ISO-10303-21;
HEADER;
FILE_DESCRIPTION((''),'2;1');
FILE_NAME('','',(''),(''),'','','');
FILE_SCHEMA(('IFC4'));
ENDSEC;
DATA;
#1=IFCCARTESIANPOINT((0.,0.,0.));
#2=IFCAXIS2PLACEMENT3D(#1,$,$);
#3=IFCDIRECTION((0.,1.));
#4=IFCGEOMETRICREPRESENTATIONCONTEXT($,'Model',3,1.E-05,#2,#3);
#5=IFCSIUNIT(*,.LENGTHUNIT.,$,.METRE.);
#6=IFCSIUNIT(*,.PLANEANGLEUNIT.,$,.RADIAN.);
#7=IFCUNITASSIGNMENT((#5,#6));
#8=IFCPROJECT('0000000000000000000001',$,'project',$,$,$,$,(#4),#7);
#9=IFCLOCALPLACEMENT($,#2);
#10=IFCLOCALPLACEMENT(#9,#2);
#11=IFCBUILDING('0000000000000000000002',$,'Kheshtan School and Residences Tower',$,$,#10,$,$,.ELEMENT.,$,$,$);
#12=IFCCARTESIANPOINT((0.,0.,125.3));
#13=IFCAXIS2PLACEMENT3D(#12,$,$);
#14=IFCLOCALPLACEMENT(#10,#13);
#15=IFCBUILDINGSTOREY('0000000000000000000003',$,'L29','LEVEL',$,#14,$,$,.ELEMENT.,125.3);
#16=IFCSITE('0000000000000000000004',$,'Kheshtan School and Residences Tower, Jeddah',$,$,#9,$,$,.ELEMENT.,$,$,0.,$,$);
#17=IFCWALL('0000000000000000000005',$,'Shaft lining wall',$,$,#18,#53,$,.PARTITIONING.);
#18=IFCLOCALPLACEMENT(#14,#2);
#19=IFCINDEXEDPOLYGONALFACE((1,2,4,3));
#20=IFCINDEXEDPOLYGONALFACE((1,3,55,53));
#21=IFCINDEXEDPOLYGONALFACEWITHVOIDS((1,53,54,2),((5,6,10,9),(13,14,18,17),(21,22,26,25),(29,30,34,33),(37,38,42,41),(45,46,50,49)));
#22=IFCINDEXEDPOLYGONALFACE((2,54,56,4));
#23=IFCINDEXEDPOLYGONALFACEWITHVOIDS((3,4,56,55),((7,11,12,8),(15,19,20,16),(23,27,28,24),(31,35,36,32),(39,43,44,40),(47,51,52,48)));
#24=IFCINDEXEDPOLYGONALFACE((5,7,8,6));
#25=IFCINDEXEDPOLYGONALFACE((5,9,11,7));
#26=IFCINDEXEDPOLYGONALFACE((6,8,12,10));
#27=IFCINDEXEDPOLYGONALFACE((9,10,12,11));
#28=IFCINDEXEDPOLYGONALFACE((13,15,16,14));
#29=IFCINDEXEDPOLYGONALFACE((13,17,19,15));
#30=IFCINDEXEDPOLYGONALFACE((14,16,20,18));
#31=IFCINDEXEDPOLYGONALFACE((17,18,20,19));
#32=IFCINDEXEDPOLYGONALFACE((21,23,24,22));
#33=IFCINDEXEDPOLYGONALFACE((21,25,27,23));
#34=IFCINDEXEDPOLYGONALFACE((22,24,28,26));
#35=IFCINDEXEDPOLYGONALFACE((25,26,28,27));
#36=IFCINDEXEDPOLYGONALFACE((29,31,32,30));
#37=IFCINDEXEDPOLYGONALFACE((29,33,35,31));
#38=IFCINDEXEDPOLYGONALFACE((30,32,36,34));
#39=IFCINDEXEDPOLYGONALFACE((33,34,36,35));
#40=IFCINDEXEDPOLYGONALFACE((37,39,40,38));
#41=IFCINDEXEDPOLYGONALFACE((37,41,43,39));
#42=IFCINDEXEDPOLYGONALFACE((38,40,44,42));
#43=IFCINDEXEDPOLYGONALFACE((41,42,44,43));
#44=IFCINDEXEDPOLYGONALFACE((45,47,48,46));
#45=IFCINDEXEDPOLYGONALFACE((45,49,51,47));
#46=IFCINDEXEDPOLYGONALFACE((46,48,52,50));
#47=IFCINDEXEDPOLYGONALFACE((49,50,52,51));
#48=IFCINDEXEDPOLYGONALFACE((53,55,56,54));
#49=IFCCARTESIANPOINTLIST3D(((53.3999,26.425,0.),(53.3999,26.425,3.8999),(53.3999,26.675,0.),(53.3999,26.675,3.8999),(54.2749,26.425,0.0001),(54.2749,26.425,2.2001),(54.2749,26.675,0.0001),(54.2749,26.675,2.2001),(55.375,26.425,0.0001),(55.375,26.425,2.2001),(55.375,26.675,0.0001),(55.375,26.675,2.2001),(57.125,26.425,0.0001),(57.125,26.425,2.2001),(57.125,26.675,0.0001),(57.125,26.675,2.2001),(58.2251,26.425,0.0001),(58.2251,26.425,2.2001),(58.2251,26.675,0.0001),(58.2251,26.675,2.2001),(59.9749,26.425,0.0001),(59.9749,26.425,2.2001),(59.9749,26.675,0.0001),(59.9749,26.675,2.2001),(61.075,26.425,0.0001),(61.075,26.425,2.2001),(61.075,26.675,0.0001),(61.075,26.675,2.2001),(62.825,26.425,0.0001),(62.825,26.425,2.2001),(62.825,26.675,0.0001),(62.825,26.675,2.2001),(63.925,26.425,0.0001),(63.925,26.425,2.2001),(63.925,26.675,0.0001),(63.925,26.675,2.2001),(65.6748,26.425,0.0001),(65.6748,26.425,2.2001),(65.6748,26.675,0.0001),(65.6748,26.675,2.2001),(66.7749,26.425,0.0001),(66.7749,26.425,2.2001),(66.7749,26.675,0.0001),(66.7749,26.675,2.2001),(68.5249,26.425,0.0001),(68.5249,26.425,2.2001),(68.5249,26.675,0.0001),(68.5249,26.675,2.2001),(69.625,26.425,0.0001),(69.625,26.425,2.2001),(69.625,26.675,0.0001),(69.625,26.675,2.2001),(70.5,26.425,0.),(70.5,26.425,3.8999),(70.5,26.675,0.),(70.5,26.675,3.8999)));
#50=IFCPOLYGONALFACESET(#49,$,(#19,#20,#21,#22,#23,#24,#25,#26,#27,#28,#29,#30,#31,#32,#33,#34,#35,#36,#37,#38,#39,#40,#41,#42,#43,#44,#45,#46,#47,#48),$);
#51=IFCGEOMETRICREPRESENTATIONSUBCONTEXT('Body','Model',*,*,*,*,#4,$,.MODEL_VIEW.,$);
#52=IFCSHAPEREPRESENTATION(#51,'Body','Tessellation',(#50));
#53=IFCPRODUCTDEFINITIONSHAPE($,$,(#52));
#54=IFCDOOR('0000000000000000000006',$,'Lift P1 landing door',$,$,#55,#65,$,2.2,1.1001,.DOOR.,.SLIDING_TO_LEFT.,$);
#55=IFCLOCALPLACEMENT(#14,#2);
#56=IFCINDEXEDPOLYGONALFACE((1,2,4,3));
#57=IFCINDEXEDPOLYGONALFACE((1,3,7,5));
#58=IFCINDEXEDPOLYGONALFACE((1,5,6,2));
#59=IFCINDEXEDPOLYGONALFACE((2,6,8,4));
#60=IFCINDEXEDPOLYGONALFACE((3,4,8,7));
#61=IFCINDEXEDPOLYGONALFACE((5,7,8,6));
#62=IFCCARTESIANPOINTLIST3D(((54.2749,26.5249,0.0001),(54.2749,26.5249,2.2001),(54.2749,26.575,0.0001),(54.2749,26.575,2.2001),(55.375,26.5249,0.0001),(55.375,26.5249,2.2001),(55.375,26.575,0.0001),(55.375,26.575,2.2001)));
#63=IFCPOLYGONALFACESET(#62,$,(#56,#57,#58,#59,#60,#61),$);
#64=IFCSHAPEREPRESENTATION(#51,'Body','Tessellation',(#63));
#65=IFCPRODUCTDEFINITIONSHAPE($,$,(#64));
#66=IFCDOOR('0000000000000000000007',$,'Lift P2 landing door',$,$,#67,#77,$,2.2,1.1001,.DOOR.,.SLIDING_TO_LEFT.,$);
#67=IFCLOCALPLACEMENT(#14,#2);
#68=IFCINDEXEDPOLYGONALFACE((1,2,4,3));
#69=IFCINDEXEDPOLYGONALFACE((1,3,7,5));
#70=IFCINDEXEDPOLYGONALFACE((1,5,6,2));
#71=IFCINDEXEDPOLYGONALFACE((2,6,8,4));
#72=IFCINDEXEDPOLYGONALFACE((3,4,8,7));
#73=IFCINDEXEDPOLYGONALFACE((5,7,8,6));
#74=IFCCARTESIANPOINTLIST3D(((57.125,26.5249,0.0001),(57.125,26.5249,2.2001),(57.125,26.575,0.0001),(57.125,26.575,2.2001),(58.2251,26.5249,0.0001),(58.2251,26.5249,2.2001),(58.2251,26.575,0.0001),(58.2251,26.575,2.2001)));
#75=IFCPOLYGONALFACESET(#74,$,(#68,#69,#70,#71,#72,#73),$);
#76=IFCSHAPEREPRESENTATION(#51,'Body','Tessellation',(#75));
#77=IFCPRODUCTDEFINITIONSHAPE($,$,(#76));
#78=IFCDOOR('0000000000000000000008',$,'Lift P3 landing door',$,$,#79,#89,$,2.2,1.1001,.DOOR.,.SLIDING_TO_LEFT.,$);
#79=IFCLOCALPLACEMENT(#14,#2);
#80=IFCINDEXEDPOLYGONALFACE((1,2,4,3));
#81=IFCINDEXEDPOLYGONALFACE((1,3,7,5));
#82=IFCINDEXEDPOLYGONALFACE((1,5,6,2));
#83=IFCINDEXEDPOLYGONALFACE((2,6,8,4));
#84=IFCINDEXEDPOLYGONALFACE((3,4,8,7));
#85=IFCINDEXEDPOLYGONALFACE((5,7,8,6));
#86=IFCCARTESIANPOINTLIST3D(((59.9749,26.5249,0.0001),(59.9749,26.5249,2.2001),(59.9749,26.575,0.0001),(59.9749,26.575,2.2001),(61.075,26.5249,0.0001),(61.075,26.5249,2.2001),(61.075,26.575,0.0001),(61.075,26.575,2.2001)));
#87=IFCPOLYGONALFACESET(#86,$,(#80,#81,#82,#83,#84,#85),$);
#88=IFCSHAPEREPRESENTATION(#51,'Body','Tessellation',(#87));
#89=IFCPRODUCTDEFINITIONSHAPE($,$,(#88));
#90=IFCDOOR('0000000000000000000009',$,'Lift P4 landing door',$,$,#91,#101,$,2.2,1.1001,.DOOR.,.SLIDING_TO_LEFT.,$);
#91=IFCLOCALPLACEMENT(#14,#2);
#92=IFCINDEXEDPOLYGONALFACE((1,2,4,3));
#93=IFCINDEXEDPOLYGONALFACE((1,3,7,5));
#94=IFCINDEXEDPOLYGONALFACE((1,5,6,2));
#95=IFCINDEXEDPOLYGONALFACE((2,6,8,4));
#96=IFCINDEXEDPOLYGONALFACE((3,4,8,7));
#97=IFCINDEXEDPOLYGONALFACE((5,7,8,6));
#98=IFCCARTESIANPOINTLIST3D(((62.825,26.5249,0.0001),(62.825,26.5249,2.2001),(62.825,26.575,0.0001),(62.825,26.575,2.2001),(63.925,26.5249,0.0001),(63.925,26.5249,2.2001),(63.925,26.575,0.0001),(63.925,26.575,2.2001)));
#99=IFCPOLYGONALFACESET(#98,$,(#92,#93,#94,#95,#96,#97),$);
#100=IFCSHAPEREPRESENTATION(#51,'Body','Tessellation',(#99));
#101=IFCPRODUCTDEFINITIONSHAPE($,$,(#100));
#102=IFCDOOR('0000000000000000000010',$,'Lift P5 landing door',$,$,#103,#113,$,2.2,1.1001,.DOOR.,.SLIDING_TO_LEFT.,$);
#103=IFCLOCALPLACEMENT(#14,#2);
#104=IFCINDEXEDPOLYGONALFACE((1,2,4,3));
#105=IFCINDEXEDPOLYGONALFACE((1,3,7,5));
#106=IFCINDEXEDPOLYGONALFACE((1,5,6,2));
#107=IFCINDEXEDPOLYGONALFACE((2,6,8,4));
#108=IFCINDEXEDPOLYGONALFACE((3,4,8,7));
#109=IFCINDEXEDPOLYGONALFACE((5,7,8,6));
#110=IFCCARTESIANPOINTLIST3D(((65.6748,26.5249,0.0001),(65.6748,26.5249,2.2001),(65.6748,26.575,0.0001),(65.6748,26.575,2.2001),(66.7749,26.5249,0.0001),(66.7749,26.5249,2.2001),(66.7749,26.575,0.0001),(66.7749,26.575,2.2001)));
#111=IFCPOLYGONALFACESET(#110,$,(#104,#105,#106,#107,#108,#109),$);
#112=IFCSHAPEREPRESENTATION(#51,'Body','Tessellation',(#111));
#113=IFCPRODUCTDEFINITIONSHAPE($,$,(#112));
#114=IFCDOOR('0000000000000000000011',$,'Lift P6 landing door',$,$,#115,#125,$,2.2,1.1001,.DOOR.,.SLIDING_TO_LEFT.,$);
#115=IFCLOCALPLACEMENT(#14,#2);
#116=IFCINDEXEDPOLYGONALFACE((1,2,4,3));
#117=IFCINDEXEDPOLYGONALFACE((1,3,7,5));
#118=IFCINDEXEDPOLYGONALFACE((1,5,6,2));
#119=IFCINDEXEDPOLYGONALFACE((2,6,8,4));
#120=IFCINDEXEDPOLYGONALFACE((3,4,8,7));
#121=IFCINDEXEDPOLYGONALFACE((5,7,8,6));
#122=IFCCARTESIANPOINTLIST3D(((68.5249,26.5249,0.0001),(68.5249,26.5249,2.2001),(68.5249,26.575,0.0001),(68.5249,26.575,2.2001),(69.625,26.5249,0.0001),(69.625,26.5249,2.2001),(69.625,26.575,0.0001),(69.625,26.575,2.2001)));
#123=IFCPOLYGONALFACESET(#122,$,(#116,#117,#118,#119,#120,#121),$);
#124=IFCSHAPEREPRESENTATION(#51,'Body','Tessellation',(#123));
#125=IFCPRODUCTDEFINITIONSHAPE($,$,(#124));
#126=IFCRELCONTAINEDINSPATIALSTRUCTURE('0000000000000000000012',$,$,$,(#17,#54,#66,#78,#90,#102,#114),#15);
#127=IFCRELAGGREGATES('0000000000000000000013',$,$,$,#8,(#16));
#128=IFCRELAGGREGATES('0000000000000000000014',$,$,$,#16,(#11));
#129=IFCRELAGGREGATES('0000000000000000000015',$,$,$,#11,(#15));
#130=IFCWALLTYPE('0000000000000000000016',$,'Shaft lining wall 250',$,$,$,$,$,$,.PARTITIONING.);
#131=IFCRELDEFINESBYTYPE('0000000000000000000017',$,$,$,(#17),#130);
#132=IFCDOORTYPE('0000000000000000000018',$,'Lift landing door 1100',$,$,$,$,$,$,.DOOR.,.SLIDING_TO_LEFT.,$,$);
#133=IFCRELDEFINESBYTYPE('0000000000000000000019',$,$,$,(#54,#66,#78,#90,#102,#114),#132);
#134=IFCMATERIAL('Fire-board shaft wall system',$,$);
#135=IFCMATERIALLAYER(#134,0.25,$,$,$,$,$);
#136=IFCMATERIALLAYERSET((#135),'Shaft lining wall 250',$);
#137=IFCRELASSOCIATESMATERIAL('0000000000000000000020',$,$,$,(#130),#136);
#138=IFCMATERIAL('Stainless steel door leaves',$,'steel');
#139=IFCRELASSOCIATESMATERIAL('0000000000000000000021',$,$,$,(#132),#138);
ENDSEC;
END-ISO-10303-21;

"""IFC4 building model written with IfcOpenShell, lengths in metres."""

from ifc_helpers import new_model, si_unit, direction, frame, frame_2d, origin, place, context, subcontext, project, spatial, rectangle, extrude, source, transform, mapped, material, layer, layer_set, type_object, element, fill, save


model = new_model("IFC4")

# Units and contexts
model_context = context("Model", 3, precision=1e-05, world=origin(), true_north=direction((0.0, 1.0)))
body_context = subcontext(model_context, "Body", "Model", "MODEL_VIEW")
ifc_project = project(units=[si_unit("LENGTHUNIT", "METRE"), si_unit("PLANEANGLEUNIT", "RADIAN")], contexts=[model_context])

# Site, building, storey
site_placement = place(None, origin())
site = spatial("IfcSite", under=ifc_project, at=site_placement, Name="Kheshtan School and Residences Tower, Jeddah", CompositionType="ELEMENT", RefElevation=0.0)
building_placement = place(site_placement, origin())
building = spatial("IfcBuilding", under=site, at=building_placement, Name="Kheshtan School and Residences Tower", CompositionType="ELEMENT")
storey_placement = place(building_placement, frame((0.0, 0.0, 125.3)))
storey = spatial("IfcBuildingStorey", under=building, at=storey_placement, Name="L29", Description="LEVEL", CompositionType="ELEMENT", Elevation=125.3)

# Shared definitions
ifc_material_1 = material(Name="Fire-board shaft wall system")
ifc_layer_1 = layer(ifc_material_1, 0.25)
ifc_layer_set_1 = layer_set([ifc_layer_1], Name="Shaft lining wall 250")
wall_type_1 = type_object("IfcWallType", Name="Shaft lining wall 250", PredefinedType="PARTITIONING", material=ifc_layer_set_1)

# Wall, openings, doors
wall_1_placement = place(storey_placement, frame((53.3999, 26.55, 0.0), z_axis=(0.0, 0.0, 1.0), x_axis=(1.0, 0.0, 0.0)))
wall_1 = element("IfcWall", 1, at=wall_1_placement, inside=storey, type_object=wall_type_1, Name="Shaft lining wall", PredefinedType="PARTITIONING", context=body_context, shape_type="SweptSolid", body=[
    extrude(rectangle(XDim=17.1001, YDim=0.25, at=frame_2d((8.55, 0.0))), origin(), (0.0, 0.0, 1.0), 3.8999),
])
opening_1_placement = place(wall_1_placement, frame((0.875, 0.0, 0.0)))
opening_1 = element("IfcOpeningElement", 2, at=opening_1_placement, cuts=wall_1, PredefinedType="OPENING", context=body_context, shape_type="SweptSolid", body=[
    extrude(rectangle(XDim=1.1001, YDim=2.2, at=frame_2d((0.55, 1.1001))), frame((0.0, 0.135, 0.0), z_axis=(0.0, -1.0, 0.0), x_axis=(1.0, 0.0, 0.0)), (0.0, 0.0, 1.0), 0.27),
])
opening_2_placement = place(wall_1_placement, frame((3.7251, 0.0, 0.0)))
opening_2 = element("IfcOpeningElement", 3, at=opening_2_placement, cuts=wall_1, PredefinedType="OPENING", context=body_context, shape_type="SweptSolid", body=[
    extrude(rectangle(XDim=1.1001, YDim=2.2, at=frame_2d((0.55, 1.1001))), frame((0.0, 0.135, 0.0), z_axis=(0.0, -1.0, 0.0), x_axis=(1.0, 0.0, 0.0)), (0.0, 0.0, 1.0), 0.27),
])
opening_3_placement = place(wall_1_placement, frame((6.575, 0.0, 0.0)))
opening_3 = element("IfcOpeningElement", 4, at=opening_3_placement, cuts=wall_1, PredefinedType="OPENING", context=body_context, shape_type="SweptSolid", body=[
    extrude(rectangle(XDim=1.1001, YDim=2.2, at=frame_2d((0.55, 1.1001))), frame((0.0, 0.135, 0.0), z_axis=(0.0, -1.0, 0.0), x_axis=(1.0, 0.0, 0.0)), (0.0, 0.0, 1.0), 0.27),
])
opening_4_placement = place(wall_1_placement, frame((9.425, 0.0, 0.0)))
opening_4 = element("IfcOpeningElement", 5, at=opening_4_placement, cuts=wall_1, PredefinedType="OPENING", context=body_context, shape_type="SweptSolid", body=[
    extrude(rectangle(XDim=1.1001, YDim=2.2, at=frame_2d((0.55, 1.1001))), frame((0.0, 0.135, 0.0), z_axis=(0.0, -1.0, 0.0), x_axis=(1.0, 0.0, 0.0)), (0.0, 0.0, 1.0), 0.27),
])
opening_5_placement = place(wall_1_placement, frame((12.2749, 0.0, 0.0)))
opening_5 = element("IfcOpeningElement", 6, at=opening_5_placement, cuts=wall_1, PredefinedType="OPENING", context=body_context, shape_type="SweptSolid", body=[
    extrude(rectangle(XDim=1.1001, YDim=2.2, at=frame_2d((0.55, 1.1001))), frame((0.0, 0.135, 0.0), z_axis=(0.0, -1.0, 0.0), x_axis=(1.0, 0.0, 0.0)), (0.0, 0.0, 1.0), 0.27),
])
opening_6_placement = place(wall_1_placement, frame((15.125, 0.0, 0.0)))
opening_6 = element("IfcOpeningElement", 7, at=opening_6_placement, cuts=wall_1, PredefinedType="OPENING", context=body_context, shape_type="SweptSolid", body=[
    extrude(rectangle(XDim=1.1001, YDim=2.2, at=frame_2d((0.55, 1.1001))), frame((0.0, 0.135, 0.0), z_axis=(0.0, -1.0, 0.0), x_axis=(1.0, 0.0, 0.0)), (0.0, 0.0, 1.0), 0.27),
])
ifc_material_2 = material(Name="Stainless steel door leaves", Category="steel")
door_type = type_object("IfcDoorType", Name="Lift landing door 1100", OperationType="SLIDING_TO_LEFT", PredefinedType="DOOR", material=ifc_material_2)
shared_shape = source(origin(), body_context, "Body", "SweptSolid", [
    extrude(rectangle(XDim=1.1001, YDim=2.2, at=frame_2d((0.55, 1.1001))), frame((0.0, 0.0249, 0.0), z_axis=(0.0, -1.0, 0.0), x_axis=(1.0, 0.0, 0.0)), (0.0, 0.0, 1.0), 0.05),
])
door_1_placement = place(opening_1_placement, origin())
door_1 = element("IfcDoor", 8, at=door_1_placement, inside=storey, type_object=door_type, Name="Lift P1 landing door", OperationType="SLIDING_TO_LEFT", OverallHeight=2.2, OverallWidth=1.1001, PredefinedType="DOOR", context=body_context, shape_type="MappedRepresentation", body=[
    mapped(shared_shape, transform((0.0, 0.0, 0.0), x_axis=(1.0, 0.0, 0.0), y_axis=(0.0, 1.0, 0.0), z_axis=(0.0, 0.0, 1.0), scale=1.0)),
])
fill(opening_1, door_1)
door_2_placement = place(opening_2_placement, origin())
door_2 = element("IfcDoor", 9, at=door_2_placement, inside=storey, type_object=door_type, Name="Lift P2 landing door", OperationType="SLIDING_TO_LEFT", OverallHeight=2.2, OverallWidth=1.1001, PredefinedType="DOOR", context=body_context, shape_type="MappedRepresentation", body=[
    mapped(shared_shape, transform((0.0, 0.0, 0.0), x_axis=(1.0, 0.0, 0.0), y_axis=(0.0, 1.0, 0.0), z_axis=(0.0, 0.0, 1.0), scale=1.0)),
])
fill(opening_2, door_2)
door_3_placement = place(opening_3_placement, origin())
door_3 = element("IfcDoor", 10, at=door_3_placement, inside=storey, type_object=door_type, Name="Lift P3 landing door", OperationType="SLIDING_TO_LEFT", OverallHeight=2.2, OverallWidth=1.1001, PredefinedType="DOOR", context=body_context, shape_type="MappedRepresentation", body=[
    mapped(shared_shape, transform((0.0, 0.0, 0.0), x_axis=(1.0, 0.0, 0.0), y_axis=(0.0, 1.0, 0.0), z_axis=(0.0, 0.0, 1.0), scale=1.0)),
])
fill(opening_3, door_3)
door_4_placement = place(opening_4_placement, origin())
door_4 = element("IfcDoor", 11, at=door_4_placement, inside=storey, type_object=door_type, Name="Lift P4 landing door", OperationType="SLIDING_TO_LEFT", OverallHeight=2.2, OverallWidth=1.1001, PredefinedType="DOOR", context=body_context, shape_type="MappedRepresentation", body=[
    mapped(shared_shape, transform((0.0, 0.0, 0.0), x_axis=(1.0, 0.0, 0.0), y_axis=(0.0, 1.0, 0.0), z_axis=(0.0, 0.0, 1.0), scale=1.0)),
])
fill(opening_4, door_4)
door_5_placement = place(opening_5_placement, origin())
door_5 = element("IfcDoor", 12, at=door_5_placement, inside=storey, type_object=door_type, Name="Lift P5 landing door", OperationType="SLIDING_TO_LEFT", OverallHeight=2.2, OverallWidth=1.1001, PredefinedType="DOOR", context=body_context, shape_type="MappedRepresentation", body=[
    mapped(shared_shape, transform((0.0, 0.0, 0.0), x_axis=(1.0, 0.0, 0.0), y_axis=(0.0, 1.0, 0.0), z_axis=(0.0, 0.0, 1.0), scale=1.0)),
])
fill(opening_5, door_5)
door_6_placement = place(opening_6_placement, origin())
door_6 = element("IfcDoor", 13, at=door_6_placement, inside=storey, type_object=door_type, Name="Lift P6 landing door", OperationType="SLIDING_TO_LEFT", OverallHeight=2.2, OverallWidth=1.1001, PredefinedType="DOOR", context=body_context, shape_type="MappedRepresentation", body=[
    mapped(shared_shape, transform((0.0, 0.0, 0.0), x_axis=(1.0, 0.0, 0.0), y_axis=(0.0, 1.0, 0.0), z_axis=(0.0, 0.0, 1.0), scale=1.0)),
])
fill(opening_6, door_6)

save(model, "model.ifc")
